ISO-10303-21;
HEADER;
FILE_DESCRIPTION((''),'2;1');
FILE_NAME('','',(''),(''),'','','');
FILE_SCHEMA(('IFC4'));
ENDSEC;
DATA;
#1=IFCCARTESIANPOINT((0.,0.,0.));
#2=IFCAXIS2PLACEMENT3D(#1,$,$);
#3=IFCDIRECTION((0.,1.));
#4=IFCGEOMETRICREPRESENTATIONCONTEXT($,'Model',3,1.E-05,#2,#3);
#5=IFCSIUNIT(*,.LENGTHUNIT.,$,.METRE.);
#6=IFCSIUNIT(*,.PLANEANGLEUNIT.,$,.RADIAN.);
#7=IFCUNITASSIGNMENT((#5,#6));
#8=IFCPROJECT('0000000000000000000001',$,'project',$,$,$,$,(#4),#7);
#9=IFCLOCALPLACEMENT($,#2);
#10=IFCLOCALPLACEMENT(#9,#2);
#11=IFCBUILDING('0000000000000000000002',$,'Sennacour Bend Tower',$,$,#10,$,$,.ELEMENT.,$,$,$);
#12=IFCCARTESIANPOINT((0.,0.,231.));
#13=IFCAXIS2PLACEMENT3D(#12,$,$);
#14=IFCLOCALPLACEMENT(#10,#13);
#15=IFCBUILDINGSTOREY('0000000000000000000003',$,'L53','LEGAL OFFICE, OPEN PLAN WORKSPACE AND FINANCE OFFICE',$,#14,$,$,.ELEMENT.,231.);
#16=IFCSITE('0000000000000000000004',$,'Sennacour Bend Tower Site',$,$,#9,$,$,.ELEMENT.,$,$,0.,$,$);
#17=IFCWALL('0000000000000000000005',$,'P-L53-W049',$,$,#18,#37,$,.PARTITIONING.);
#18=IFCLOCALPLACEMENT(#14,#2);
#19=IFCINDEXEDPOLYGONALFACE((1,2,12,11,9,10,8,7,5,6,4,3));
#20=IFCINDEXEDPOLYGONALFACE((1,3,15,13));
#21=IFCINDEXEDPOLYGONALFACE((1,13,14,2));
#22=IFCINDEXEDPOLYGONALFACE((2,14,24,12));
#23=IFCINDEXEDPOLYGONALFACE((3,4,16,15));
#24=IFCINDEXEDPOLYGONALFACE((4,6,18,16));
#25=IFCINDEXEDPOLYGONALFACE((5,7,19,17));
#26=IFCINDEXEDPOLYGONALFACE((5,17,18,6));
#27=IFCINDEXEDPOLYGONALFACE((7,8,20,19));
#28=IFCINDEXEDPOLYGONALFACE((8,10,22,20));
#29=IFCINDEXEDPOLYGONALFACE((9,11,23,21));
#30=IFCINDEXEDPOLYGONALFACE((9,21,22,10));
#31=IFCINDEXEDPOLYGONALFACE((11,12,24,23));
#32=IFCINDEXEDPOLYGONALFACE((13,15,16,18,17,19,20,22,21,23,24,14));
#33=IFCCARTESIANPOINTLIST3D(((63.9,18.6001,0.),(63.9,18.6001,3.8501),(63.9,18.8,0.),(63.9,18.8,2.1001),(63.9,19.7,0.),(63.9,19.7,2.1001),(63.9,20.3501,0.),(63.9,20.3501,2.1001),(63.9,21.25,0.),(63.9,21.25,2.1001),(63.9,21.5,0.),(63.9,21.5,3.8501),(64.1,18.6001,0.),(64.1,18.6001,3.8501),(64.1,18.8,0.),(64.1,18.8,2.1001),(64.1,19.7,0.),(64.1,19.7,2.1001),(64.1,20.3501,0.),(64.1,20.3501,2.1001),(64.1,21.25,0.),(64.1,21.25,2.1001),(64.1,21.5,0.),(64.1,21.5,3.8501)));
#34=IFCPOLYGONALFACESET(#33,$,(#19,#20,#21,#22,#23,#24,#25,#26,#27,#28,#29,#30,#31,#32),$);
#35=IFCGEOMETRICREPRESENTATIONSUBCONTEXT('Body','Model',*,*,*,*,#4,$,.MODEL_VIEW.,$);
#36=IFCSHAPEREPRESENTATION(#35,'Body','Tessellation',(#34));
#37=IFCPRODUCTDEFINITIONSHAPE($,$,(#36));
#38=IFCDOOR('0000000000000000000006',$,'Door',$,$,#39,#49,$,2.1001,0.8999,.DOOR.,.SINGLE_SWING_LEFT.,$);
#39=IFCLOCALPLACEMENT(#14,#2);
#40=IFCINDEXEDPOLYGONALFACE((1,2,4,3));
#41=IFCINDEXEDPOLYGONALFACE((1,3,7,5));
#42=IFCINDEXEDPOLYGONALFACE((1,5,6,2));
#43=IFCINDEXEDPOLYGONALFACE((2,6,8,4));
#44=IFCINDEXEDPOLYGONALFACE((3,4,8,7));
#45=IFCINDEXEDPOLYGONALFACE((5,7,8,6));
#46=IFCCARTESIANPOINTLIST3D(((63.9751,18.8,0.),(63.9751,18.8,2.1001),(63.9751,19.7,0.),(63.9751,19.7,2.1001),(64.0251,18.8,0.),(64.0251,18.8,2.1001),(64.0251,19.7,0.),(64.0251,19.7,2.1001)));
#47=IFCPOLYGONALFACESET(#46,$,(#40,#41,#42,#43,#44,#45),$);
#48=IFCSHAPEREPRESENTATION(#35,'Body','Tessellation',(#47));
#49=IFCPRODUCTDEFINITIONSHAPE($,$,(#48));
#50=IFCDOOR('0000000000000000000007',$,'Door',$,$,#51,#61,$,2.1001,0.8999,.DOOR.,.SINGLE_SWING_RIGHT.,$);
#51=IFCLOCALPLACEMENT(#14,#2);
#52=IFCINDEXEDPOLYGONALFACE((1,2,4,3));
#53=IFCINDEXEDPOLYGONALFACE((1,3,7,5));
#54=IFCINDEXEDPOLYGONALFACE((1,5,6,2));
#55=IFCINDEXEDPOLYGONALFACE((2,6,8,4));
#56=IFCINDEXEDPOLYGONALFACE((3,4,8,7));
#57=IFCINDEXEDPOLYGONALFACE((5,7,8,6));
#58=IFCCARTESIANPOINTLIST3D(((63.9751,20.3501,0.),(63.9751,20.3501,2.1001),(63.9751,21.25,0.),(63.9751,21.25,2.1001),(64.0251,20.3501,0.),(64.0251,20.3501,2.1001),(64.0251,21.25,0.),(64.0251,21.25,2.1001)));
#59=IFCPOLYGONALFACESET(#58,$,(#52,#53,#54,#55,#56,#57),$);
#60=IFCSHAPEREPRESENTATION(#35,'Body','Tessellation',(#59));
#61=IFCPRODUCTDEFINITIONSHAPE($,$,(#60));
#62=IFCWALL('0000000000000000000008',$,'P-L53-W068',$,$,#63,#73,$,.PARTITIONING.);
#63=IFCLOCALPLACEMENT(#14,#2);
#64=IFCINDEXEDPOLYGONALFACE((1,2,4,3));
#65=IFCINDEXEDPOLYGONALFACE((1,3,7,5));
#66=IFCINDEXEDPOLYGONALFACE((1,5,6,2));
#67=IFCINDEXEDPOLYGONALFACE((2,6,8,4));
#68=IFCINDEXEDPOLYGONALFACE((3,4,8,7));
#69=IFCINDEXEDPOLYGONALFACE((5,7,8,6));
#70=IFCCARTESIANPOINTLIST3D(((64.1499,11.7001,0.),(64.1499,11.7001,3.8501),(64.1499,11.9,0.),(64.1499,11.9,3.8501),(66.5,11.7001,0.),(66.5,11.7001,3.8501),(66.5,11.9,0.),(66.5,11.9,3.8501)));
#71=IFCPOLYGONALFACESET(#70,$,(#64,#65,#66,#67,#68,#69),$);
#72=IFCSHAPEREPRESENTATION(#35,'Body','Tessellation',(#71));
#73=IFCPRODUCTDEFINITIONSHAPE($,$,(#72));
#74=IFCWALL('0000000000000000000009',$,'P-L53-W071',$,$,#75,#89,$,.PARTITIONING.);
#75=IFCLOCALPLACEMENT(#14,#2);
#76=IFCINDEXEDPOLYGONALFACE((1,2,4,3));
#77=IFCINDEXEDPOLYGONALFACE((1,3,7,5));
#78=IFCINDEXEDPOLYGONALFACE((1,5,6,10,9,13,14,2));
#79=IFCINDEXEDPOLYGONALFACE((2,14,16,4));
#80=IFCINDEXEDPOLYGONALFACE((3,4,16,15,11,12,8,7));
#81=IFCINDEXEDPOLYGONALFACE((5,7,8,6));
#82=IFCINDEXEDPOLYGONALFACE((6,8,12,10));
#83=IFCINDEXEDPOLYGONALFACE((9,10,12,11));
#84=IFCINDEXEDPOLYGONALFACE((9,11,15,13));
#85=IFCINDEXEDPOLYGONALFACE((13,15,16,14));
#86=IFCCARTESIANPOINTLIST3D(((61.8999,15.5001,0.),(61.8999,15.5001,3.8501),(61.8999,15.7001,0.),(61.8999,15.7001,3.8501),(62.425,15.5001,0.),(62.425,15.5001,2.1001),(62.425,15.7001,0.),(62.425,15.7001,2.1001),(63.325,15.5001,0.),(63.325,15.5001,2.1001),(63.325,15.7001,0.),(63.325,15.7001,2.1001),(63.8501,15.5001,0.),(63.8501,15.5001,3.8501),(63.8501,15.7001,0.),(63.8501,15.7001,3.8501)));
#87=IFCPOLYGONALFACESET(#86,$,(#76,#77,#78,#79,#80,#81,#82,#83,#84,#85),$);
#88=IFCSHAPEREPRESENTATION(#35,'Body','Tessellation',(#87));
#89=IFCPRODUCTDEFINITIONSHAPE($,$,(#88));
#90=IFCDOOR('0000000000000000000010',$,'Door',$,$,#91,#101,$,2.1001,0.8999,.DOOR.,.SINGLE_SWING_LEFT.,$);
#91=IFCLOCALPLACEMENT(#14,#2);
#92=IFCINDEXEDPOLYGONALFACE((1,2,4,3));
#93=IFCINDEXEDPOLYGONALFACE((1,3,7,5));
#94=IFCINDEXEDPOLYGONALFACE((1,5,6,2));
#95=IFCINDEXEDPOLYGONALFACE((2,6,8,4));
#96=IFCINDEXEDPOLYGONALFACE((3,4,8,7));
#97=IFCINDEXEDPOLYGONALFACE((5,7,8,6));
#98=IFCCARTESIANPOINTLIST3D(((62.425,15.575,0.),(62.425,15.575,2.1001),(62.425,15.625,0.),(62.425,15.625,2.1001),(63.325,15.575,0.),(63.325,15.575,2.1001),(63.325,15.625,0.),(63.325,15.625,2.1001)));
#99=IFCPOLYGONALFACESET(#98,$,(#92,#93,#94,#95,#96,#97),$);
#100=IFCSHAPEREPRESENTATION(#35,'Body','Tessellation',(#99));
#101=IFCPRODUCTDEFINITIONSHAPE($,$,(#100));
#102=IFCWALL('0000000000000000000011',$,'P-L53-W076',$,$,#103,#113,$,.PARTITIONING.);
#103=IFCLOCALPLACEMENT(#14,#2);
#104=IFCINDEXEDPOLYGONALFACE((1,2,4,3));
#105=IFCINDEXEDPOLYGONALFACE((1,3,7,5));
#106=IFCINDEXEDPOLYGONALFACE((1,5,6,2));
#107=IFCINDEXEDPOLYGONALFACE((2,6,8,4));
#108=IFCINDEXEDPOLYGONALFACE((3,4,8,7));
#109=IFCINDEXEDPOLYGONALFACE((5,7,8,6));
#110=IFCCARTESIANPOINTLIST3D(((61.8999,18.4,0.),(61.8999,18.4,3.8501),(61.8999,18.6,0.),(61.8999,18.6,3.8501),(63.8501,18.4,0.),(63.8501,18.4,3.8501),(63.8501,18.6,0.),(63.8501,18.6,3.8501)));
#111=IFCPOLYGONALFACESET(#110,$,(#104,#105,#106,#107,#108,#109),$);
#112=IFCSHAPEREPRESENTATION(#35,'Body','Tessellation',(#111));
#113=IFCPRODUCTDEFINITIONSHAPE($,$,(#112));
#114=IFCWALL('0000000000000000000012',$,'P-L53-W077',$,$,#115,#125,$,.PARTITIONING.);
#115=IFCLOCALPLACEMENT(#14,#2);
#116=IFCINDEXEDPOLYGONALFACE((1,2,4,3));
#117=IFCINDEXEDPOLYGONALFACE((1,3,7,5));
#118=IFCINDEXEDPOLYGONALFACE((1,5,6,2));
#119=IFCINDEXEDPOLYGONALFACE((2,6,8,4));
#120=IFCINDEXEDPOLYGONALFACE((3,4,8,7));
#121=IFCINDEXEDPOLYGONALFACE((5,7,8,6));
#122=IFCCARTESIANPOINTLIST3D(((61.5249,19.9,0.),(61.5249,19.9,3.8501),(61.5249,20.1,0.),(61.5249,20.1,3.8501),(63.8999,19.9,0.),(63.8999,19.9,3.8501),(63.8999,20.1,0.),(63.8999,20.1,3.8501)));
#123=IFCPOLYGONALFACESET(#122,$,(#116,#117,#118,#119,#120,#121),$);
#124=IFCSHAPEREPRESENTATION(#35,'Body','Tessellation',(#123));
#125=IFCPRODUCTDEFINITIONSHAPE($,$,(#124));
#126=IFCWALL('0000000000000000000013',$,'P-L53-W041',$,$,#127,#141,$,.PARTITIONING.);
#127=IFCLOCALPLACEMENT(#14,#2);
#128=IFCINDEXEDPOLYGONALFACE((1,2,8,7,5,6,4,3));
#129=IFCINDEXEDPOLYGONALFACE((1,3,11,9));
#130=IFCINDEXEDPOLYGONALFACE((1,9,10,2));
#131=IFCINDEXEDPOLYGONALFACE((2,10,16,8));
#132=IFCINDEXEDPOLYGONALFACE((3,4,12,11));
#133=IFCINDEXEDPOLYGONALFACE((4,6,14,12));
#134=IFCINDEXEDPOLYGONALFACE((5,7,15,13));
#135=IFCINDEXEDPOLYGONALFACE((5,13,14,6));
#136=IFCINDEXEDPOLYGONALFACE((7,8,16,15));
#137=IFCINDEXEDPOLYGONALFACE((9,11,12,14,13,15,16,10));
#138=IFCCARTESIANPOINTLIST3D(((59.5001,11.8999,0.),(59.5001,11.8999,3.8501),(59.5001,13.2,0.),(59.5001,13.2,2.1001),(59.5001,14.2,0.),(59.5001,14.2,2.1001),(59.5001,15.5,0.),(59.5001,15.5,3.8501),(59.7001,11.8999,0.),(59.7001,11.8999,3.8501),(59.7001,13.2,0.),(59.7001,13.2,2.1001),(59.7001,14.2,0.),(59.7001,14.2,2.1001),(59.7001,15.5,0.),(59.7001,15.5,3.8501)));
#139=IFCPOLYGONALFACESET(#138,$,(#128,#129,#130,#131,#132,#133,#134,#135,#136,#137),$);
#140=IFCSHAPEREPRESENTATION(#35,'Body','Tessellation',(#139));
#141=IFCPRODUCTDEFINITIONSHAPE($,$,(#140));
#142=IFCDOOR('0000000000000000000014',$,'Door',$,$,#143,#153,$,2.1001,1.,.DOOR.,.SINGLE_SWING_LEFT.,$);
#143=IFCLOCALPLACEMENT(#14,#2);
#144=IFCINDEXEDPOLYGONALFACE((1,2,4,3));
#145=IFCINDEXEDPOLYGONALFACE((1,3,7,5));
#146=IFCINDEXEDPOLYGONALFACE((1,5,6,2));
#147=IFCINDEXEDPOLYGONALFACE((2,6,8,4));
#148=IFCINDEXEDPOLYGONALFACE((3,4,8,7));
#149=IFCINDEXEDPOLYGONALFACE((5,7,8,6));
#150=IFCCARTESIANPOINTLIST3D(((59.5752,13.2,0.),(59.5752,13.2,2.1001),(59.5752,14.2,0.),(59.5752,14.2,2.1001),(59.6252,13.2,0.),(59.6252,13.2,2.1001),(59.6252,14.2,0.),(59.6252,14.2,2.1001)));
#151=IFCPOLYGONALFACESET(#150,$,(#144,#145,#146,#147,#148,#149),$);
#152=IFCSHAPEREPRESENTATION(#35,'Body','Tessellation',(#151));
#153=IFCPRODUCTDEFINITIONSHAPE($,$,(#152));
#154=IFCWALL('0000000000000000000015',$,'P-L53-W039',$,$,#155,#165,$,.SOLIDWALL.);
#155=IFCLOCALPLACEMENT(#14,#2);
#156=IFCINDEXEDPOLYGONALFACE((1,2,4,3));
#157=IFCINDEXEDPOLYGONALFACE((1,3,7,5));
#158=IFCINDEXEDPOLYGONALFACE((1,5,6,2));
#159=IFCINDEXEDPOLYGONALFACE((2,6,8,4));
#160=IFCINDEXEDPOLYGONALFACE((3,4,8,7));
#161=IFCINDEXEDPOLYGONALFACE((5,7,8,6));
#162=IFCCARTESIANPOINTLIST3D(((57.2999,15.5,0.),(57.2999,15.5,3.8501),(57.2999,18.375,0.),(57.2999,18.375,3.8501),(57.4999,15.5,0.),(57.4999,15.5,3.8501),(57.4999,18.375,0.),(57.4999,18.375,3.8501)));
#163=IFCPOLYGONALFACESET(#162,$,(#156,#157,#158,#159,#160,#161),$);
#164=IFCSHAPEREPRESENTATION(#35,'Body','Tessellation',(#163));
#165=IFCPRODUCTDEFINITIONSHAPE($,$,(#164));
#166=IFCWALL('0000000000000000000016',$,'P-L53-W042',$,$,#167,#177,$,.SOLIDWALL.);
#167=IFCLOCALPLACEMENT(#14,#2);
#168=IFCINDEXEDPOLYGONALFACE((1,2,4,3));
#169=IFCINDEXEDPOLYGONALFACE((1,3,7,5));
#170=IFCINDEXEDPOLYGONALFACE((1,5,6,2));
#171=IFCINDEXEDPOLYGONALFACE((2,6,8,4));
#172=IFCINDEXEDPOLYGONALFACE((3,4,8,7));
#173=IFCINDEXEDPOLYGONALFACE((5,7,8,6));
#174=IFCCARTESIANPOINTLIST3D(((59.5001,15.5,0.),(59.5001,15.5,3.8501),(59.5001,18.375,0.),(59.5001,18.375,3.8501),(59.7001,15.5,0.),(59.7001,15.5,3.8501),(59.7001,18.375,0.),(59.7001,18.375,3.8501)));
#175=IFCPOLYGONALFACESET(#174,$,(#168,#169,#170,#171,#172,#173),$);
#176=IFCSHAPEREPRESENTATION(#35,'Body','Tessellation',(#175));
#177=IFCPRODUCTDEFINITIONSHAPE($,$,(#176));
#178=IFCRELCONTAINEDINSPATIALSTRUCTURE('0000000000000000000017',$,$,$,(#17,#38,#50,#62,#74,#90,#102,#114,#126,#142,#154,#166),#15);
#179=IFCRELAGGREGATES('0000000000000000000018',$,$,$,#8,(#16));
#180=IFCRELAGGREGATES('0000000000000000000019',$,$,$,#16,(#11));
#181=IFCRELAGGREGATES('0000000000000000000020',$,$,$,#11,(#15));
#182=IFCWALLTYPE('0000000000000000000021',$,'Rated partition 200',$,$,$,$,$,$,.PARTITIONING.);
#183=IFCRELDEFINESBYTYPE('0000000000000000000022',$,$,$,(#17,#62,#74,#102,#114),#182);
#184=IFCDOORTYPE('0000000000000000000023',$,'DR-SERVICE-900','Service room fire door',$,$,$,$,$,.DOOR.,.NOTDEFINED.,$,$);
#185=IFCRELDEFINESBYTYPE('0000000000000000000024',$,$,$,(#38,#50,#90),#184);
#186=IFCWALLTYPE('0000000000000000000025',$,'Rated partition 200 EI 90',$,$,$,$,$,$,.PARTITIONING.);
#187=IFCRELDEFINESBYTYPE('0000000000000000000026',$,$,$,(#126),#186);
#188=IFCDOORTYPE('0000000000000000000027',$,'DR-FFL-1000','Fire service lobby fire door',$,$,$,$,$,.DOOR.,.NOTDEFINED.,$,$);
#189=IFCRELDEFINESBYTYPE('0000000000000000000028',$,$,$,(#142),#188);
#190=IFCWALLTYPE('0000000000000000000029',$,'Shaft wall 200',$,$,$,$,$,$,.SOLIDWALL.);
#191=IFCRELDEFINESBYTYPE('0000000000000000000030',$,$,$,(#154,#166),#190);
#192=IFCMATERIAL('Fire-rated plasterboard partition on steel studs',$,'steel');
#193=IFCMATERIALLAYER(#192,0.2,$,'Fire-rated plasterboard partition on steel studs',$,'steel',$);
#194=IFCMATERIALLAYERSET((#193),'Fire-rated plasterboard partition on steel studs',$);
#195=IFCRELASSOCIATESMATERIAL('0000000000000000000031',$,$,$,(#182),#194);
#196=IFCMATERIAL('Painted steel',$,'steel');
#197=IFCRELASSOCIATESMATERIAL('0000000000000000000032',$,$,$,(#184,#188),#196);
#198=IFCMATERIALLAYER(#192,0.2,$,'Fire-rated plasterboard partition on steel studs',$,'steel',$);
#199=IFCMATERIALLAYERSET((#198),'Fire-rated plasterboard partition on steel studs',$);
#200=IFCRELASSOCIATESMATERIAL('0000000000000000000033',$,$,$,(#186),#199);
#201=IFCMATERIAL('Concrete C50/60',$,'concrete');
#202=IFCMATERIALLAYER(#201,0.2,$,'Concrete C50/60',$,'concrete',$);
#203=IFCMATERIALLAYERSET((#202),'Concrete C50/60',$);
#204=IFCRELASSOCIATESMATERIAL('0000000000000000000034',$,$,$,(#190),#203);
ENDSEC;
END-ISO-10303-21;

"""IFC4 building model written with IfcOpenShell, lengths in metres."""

from ifc_helpers import new_model, si_unit, direction, frame, frame_2d, origin, place, context, subcontext, project, spatial, rectangle, extrude, material, layer, layer_set, type_object, element, fill, save


model = new_model("IFC4")

# Units and contexts
model_context = context("Model", 3, precision=1e-05, world=origin(), true_north=direction((0.0, 1.0)))
body_context = subcontext(model_context, "Body", "Model", "MODEL_VIEW")
ifc_project = project(units=[si_unit("LENGTHUNIT", "METRE"), si_unit("PLANEANGLEUNIT", "RADIAN")], contexts=[model_context])

# Site, building, storey
site_placement = place(None, origin())
site = spatial("IfcSite", under=ifc_project, at=site_placement, Name="Sennacour Bend Tower Site", CompositionType="ELEMENT", RefElevation=0.0)
building_placement = place(site_placement, origin())
building = spatial("IfcBuilding", under=site, at=building_placement, Name="Sennacour Bend Tower", CompositionType="ELEMENT")
storey_placement = place(building_placement, frame((0.0, 0.0, 231.0)))
storey = spatial("IfcBuildingStorey", under=building, at=storey_placement, Name="L53", Description="LEGAL OFFICE, OPEN PLAN WORKSPACE AND FINANCE OFFICE", CompositionType="ELEMENT", Elevation=231.0)

# Wall, openings, doors
ifc_material_1 = material(Name="Fire-rated plasterboard partition on steel studs", Category="steel")
ifc_layer_1 = layer(ifc_material_1, 0.2, Name="Fire-rated plasterboard partition on steel studs", Category="steel")
ifc_layer_set_1 = layer_set([ifc_layer_1], Name="Fire-rated plasterboard partition on steel studs")
wall_type_1 = type_object("IfcWallType", Name="Rated partition 200", PredefinedType="PARTITIONING", material=ifc_layer_set_1)
wall_1_placement = place(storey_placement, frame((64.0, 18.6001, 0.0), z_axis=(0.0, 0.0, 1.0), x_axis=(0.0, 1.0, 0.0)))
wall_1 = element("IfcWall", 1, at=wall_1_placement, inside=storey, type_object=wall_type_1, Name="P-L53-W049", PredefinedType="PARTITIONING", context=body_context, shape_type="SweptSolid", body=[
    extrude(rectangle(XDim=2.8999, YDim=0.2, at=frame_2d((1.45, 0.0))), origin(), (0.0, 0.0, 1.0), 3.8501),
])
opening_1_placement = place(wall_1_placement, frame((0.2, 0.0, 0.0)))
opening_1 = element("IfcOpeningElement", 2, at=opening_1_placement, cuts=wall_1, PredefinedType="OPENING", context=body_context, shape_type="SweptSolid", body=[
    extrude(rectangle(XDim=0.8999, YDim=2.1001, at=frame_2d((0.45, 1.05))), frame((0.0, 0.1099, 0.0), z_axis=(0.0, -1.0, 0.0), x_axis=(1.0, 0.0, 0.0)), (0.0, 0.0, 1.0), 0.22),
])
opening_2_placement = place(wall_1_placement, frame((1.75, 0.0, 0.0)))
opening_2 = element("IfcOpeningElement", 3, at=opening_2_placement, cuts=wall_1, PredefinedType="OPENING", context=body_context, shape_type="SweptSolid", body=[
    extrude(rectangle(XDim=0.8999, YDim=2.1001, at=frame_2d((0.45, 1.05))), frame((0.0, 0.1099, 0.0), z_axis=(0.0, -1.0, 0.0), x_axis=(1.0, 0.0, 0.0)), (0.0, 0.0, 1.0), 0.22),
])
ifc_material_2 = material(Name="Painted steel", Category="steel")
door_type_1 = type_object("IfcDoorType", Name="DR-SERVICE-900", Description="Service room fire door", OperationType="NOTDEFINED", PredefinedType="DOOR", material=ifc_material_2)
door_1_placement = place(opening_1_placement, origin())
door_1 = element("IfcDoor", 4, at=door_1_placement, inside=storey, type_object=door_type_1, Name="Door", OperationType="SINGLE_SWING_LEFT", OverallHeight=2.1001, OverallWidth=0.8999, PredefinedType="DOOR", context=body_context, shape_type="SweptSolid", body=[
    extrude(rectangle(XDim=0.8999, YDim=2.1001, at=frame_2d((0.45, 1.05))), frame((0.0, 0.0249, 0.0), z_axis=(0.0, -1.0, 0.0), x_axis=(1.0, 0.0, 0.0)), (0.0, 0.0, 1.0), 0.05),
])
fill(opening_1, door_1)
door_2_placement = place(opening_2_placement, origin())
door_2 = element("IfcDoor", 5, at=door_2_placement, inside=storey, type_object=door_type_1, Name="Door", OperationType="SINGLE_SWING_RIGHT", OverallHeight=2.1001, OverallWidth=0.8999, PredefinedType="DOOR", context=body_context, shape_type="SweptSolid", body=[
    extrude(rectangle(XDim=0.8999, YDim=2.1001, at=frame_2d((0.45, 1.05))), frame((0.0, 0.0249, 0.0), z_axis=(0.0, -1.0, 0.0), x_axis=(1.0, 0.0, 0.0)), (0.0, 0.0, 1.0), 0.05),
])
fill(opening_2, door_2)

# Wall
wall_2_placement = place(storey_placement, frame((64.1499, 11.8, 0.0), z_axis=(0.0, 0.0, 1.0), x_axis=(1.0, 0.0, 0.0)))
element("IfcWall", 6, at=wall_2_placement, inside=storey, type_object=wall_type_1, Name="P-L53-W068", PredefinedType="PARTITIONING", context=body_context, shape_type="SweptSolid", body=[
    extrude(rectangle(XDim=2.3501, YDim=0.2, at=frame_2d((1.175, 0.0))), origin(), (0.0, 0.0, 1.0), 3.8501),
])

# Wall, opening, door
wall_3_placement = place(storey_placement, frame((61.8999, 15.6001, 0.0), z_axis=(0.0, 0.0, 1.0), x_axis=(1.0, 0.0, 0.0)))
wall_3 = element("IfcWall", 7, at=wall_3_placement, inside=storey, type_object=wall_type_1, Name="P-L53-W071", PredefinedType="PARTITIONING", context=body_context, shape_type="SweptSolid", body=[
    extrude(rectangle(XDim=1.9502, YDim=0.2, at=frame_2d((0.9751, 0.0))), origin(), (0.0, 0.0, 1.0), 3.8501),
])
opening_3_placement = place(wall_3_placement, frame((0.5251, 0.0, 0.0)))
opening_3 = element("IfcOpeningElement", 8, at=opening_3_placement, cuts=wall_3, PredefinedType="OPENING", context=body_context, shape_type="SweptSolid", body=[
    extrude(rectangle(XDim=0.8999, YDim=2.1001, at=frame_2d((0.45, 1.05))), frame((0.0, 0.1099, 0.0), z_axis=(0.0, -1.0, 0.0), x_axis=(1.0, 0.0, 0.0)), (0.0, 0.0, 1.0), 0.22),
])
door_3_placement = place(opening_3_placement, origin())
door_3 = element("IfcDoor", 9, at=door_3_placement, inside=storey, type_object=door_type_1, Name="Door", OperationType="SINGLE_SWING_LEFT", OverallHeight=2.1001, OverallWidth=0.8999, PredefinedType="DOOR", context=body_context, shape_type="SweptSolid", body=[
    extrude(rectangle(XDim=0.8999, YDim=2.1001, at=frame_2d((0.45, 1.05))), frame((0.0, 0.0249, 0.0), z_axis=(0.0, -1.0, 0.0), x_axis=(1.0, 0.0, 0.0)), (0.0, 0.0, 1.0), 0.05),
])
fill(opening_3, door_3)

# Walls
wall_4_placement = place(storey_placement, frame((61.8999, 18.5, 0.0), z_axis=(0.0, 0.0, 1.0), x_axis=(1.0, 0.0, 0.0)))
element("IfcWall", 10, at=wall_4_placement, inside=storey, type_object=wall_type_1, Name="P-L53-W076", PredefinedType="PARTITIONING", context=body_context, shape_type="SweptSolid", body=[
    extrude(rectangle(XDim=1.9502, YDim=0.2, at=frame_2d((0.9751, 0.0))), origin(), (0.0, 0.0, 1.0), 3.8501),
])
wall_5_placement = place(storey_placement, frame((61.5249, 20.0, 0.0), z_axis=(0.0, 0.0, 1.0), x_axis=(1.0, 0.0, 0.0)))
element("IfcWall", 11, at=wall_5_placement, inside=storey, type_object=wall_type_1, Name="P-L53-W077", PredefinedType="PARTITIONING", context=body_context, shape_type="SweptSolid", body=[
    extrude(rectangle(XDim=2.375, YDim=0.2, at=frame_2d((1.1875, 0.0))), origin(), (0.0, 0.0, 1.0), 3.8501),
])

# Wall, opening, door
ifc_layer_2 = layer(ifc_material_1, 0.2, Name="Fire-rated plasterboard partition on steel studs", Category="steel")
ifc_layer_set_2 = layer_set([ifc_layer_2], Name="Fire-rated plasterboard partition on steel studs")
wall_type_2 = type_object("IfcWallType", Name="Rated partition 200 EI 90", PredefinedType="PARTITIONING", material=ifc_layer_set_2)
wall_6_placement = place(storey_placement, frame((59.6001, 11.8999, 0.0), z_axis=(0.0, 0.0, 1.0), x_axis=(0.0, 1.0, 0.0)))
wall_6 = element("IfcWall", 12, at=wall_6_placement, inside=storey, type_object=wall_type_2, Name="P-L53-W041", PredefinedType="PARTITIONING", context=body_context, shape_type="SweptSolid", body=[
    extrude(rectangle(XDim=3.6001, YDim=0.2, at=frame_2d((1.8, 0.0))), origin(), (0.0, 0.0, 1.0), 3.8501),
])
opening_4_placement = place(wall_6_placement, frame((1.3, 0.0, 0.0)))
opening_4 = element("IfcOpeningElement", 13, at=opening_4_placement, cuts=wall_6, PredefinedType="OPENING", context=body_context, shape_type="SweptSolid", body=[
    extrude(rectangle(XDim=1.0, YDim=2.1001, at=frame_2d((0.5, 1.05))), frame((0.0, 0.1099, 0.0), z_axis=(0.0, -1.0, 0.0), x_axis=(1.0, 0.0, 0.0)), (0.0, 0.0, 1.0), 0.22),
])
door_type_2 = type_object("IfcDoorType", Name="DR-FFL-1000", Description="Fire service lobby fire door", OperationType="NOTDEFINED", PredefinedType="DOOR", material=ifc_material_2)
door_4_placement = place(opening_4_placement, origin())
door_4 = element("IfcDoor", 14, at=door_4_placement, inside=storey, type_object=door_type_2, Name="Door", OperationType="SINGLE_SWING_LEFT", OverallHeight=2.1001, OverallWidth=1.0, PredefinedType="DOOR", context=body_context, shape_type="SweptSolid", body=[
    extrude(rectangle(XDim=1.0, YDim=2.1001, at=frame_2d((0.5, 1.05))), frame((0.0, 0.0249, 0.0), z_axis=(0.0, -1.0, 0.0), x_axis=(1.0, 0.0, 0.0)), (0.0, 0.0, 1.0), 0.05),
])
fill(opening_4, door_4)

# Walls
ifc_material_3 = material(Name="Concrete C50/60", Category="concrete")
ifc_layer_3 = layer(ifc_material_3, 0.2, Name="Concrete C50/60", Category="concrete")
ifc_layer_set_3 = layer_set([ifc_layer_3], Name="Concrete C50/60")
wall_type_3 = type_object("IfcWallType", Name="Shaft wall 200", PredefinedType="SOLIDWALL", material=ifc_layer_set_3)
for number, where, z_axis, x_axis, name in (
    (15, (57.3999, 15.5, 0.0), (0.0, 0.0, 1.0), (0.0, 1.0, 0.0), "P-L53-W039"),
    (16, (59.6001, 15.5, 0.0), (0.0, 0.0, 1.0), (0.0, 1.0, 0.0), "P-L53-W042"),
):
    element("IfcWall", number, at=place(storey_placement, frame(where, z_axis=z_axis, x_axis=x_axis)), inside=storey, type_object=wall_type_3, Name=name, PredefinedType="SOLIDWALL", context=body_context, shape_type="SweptSolid", body=[
        extrude(rectangle(XDim=2.875, YDim=0.2, at=frame_2d((1.4375, 0.0))), origin(), (0.0, 0.0, 1.0), 3.8501),
    ])

save(model, "model.ifc")
